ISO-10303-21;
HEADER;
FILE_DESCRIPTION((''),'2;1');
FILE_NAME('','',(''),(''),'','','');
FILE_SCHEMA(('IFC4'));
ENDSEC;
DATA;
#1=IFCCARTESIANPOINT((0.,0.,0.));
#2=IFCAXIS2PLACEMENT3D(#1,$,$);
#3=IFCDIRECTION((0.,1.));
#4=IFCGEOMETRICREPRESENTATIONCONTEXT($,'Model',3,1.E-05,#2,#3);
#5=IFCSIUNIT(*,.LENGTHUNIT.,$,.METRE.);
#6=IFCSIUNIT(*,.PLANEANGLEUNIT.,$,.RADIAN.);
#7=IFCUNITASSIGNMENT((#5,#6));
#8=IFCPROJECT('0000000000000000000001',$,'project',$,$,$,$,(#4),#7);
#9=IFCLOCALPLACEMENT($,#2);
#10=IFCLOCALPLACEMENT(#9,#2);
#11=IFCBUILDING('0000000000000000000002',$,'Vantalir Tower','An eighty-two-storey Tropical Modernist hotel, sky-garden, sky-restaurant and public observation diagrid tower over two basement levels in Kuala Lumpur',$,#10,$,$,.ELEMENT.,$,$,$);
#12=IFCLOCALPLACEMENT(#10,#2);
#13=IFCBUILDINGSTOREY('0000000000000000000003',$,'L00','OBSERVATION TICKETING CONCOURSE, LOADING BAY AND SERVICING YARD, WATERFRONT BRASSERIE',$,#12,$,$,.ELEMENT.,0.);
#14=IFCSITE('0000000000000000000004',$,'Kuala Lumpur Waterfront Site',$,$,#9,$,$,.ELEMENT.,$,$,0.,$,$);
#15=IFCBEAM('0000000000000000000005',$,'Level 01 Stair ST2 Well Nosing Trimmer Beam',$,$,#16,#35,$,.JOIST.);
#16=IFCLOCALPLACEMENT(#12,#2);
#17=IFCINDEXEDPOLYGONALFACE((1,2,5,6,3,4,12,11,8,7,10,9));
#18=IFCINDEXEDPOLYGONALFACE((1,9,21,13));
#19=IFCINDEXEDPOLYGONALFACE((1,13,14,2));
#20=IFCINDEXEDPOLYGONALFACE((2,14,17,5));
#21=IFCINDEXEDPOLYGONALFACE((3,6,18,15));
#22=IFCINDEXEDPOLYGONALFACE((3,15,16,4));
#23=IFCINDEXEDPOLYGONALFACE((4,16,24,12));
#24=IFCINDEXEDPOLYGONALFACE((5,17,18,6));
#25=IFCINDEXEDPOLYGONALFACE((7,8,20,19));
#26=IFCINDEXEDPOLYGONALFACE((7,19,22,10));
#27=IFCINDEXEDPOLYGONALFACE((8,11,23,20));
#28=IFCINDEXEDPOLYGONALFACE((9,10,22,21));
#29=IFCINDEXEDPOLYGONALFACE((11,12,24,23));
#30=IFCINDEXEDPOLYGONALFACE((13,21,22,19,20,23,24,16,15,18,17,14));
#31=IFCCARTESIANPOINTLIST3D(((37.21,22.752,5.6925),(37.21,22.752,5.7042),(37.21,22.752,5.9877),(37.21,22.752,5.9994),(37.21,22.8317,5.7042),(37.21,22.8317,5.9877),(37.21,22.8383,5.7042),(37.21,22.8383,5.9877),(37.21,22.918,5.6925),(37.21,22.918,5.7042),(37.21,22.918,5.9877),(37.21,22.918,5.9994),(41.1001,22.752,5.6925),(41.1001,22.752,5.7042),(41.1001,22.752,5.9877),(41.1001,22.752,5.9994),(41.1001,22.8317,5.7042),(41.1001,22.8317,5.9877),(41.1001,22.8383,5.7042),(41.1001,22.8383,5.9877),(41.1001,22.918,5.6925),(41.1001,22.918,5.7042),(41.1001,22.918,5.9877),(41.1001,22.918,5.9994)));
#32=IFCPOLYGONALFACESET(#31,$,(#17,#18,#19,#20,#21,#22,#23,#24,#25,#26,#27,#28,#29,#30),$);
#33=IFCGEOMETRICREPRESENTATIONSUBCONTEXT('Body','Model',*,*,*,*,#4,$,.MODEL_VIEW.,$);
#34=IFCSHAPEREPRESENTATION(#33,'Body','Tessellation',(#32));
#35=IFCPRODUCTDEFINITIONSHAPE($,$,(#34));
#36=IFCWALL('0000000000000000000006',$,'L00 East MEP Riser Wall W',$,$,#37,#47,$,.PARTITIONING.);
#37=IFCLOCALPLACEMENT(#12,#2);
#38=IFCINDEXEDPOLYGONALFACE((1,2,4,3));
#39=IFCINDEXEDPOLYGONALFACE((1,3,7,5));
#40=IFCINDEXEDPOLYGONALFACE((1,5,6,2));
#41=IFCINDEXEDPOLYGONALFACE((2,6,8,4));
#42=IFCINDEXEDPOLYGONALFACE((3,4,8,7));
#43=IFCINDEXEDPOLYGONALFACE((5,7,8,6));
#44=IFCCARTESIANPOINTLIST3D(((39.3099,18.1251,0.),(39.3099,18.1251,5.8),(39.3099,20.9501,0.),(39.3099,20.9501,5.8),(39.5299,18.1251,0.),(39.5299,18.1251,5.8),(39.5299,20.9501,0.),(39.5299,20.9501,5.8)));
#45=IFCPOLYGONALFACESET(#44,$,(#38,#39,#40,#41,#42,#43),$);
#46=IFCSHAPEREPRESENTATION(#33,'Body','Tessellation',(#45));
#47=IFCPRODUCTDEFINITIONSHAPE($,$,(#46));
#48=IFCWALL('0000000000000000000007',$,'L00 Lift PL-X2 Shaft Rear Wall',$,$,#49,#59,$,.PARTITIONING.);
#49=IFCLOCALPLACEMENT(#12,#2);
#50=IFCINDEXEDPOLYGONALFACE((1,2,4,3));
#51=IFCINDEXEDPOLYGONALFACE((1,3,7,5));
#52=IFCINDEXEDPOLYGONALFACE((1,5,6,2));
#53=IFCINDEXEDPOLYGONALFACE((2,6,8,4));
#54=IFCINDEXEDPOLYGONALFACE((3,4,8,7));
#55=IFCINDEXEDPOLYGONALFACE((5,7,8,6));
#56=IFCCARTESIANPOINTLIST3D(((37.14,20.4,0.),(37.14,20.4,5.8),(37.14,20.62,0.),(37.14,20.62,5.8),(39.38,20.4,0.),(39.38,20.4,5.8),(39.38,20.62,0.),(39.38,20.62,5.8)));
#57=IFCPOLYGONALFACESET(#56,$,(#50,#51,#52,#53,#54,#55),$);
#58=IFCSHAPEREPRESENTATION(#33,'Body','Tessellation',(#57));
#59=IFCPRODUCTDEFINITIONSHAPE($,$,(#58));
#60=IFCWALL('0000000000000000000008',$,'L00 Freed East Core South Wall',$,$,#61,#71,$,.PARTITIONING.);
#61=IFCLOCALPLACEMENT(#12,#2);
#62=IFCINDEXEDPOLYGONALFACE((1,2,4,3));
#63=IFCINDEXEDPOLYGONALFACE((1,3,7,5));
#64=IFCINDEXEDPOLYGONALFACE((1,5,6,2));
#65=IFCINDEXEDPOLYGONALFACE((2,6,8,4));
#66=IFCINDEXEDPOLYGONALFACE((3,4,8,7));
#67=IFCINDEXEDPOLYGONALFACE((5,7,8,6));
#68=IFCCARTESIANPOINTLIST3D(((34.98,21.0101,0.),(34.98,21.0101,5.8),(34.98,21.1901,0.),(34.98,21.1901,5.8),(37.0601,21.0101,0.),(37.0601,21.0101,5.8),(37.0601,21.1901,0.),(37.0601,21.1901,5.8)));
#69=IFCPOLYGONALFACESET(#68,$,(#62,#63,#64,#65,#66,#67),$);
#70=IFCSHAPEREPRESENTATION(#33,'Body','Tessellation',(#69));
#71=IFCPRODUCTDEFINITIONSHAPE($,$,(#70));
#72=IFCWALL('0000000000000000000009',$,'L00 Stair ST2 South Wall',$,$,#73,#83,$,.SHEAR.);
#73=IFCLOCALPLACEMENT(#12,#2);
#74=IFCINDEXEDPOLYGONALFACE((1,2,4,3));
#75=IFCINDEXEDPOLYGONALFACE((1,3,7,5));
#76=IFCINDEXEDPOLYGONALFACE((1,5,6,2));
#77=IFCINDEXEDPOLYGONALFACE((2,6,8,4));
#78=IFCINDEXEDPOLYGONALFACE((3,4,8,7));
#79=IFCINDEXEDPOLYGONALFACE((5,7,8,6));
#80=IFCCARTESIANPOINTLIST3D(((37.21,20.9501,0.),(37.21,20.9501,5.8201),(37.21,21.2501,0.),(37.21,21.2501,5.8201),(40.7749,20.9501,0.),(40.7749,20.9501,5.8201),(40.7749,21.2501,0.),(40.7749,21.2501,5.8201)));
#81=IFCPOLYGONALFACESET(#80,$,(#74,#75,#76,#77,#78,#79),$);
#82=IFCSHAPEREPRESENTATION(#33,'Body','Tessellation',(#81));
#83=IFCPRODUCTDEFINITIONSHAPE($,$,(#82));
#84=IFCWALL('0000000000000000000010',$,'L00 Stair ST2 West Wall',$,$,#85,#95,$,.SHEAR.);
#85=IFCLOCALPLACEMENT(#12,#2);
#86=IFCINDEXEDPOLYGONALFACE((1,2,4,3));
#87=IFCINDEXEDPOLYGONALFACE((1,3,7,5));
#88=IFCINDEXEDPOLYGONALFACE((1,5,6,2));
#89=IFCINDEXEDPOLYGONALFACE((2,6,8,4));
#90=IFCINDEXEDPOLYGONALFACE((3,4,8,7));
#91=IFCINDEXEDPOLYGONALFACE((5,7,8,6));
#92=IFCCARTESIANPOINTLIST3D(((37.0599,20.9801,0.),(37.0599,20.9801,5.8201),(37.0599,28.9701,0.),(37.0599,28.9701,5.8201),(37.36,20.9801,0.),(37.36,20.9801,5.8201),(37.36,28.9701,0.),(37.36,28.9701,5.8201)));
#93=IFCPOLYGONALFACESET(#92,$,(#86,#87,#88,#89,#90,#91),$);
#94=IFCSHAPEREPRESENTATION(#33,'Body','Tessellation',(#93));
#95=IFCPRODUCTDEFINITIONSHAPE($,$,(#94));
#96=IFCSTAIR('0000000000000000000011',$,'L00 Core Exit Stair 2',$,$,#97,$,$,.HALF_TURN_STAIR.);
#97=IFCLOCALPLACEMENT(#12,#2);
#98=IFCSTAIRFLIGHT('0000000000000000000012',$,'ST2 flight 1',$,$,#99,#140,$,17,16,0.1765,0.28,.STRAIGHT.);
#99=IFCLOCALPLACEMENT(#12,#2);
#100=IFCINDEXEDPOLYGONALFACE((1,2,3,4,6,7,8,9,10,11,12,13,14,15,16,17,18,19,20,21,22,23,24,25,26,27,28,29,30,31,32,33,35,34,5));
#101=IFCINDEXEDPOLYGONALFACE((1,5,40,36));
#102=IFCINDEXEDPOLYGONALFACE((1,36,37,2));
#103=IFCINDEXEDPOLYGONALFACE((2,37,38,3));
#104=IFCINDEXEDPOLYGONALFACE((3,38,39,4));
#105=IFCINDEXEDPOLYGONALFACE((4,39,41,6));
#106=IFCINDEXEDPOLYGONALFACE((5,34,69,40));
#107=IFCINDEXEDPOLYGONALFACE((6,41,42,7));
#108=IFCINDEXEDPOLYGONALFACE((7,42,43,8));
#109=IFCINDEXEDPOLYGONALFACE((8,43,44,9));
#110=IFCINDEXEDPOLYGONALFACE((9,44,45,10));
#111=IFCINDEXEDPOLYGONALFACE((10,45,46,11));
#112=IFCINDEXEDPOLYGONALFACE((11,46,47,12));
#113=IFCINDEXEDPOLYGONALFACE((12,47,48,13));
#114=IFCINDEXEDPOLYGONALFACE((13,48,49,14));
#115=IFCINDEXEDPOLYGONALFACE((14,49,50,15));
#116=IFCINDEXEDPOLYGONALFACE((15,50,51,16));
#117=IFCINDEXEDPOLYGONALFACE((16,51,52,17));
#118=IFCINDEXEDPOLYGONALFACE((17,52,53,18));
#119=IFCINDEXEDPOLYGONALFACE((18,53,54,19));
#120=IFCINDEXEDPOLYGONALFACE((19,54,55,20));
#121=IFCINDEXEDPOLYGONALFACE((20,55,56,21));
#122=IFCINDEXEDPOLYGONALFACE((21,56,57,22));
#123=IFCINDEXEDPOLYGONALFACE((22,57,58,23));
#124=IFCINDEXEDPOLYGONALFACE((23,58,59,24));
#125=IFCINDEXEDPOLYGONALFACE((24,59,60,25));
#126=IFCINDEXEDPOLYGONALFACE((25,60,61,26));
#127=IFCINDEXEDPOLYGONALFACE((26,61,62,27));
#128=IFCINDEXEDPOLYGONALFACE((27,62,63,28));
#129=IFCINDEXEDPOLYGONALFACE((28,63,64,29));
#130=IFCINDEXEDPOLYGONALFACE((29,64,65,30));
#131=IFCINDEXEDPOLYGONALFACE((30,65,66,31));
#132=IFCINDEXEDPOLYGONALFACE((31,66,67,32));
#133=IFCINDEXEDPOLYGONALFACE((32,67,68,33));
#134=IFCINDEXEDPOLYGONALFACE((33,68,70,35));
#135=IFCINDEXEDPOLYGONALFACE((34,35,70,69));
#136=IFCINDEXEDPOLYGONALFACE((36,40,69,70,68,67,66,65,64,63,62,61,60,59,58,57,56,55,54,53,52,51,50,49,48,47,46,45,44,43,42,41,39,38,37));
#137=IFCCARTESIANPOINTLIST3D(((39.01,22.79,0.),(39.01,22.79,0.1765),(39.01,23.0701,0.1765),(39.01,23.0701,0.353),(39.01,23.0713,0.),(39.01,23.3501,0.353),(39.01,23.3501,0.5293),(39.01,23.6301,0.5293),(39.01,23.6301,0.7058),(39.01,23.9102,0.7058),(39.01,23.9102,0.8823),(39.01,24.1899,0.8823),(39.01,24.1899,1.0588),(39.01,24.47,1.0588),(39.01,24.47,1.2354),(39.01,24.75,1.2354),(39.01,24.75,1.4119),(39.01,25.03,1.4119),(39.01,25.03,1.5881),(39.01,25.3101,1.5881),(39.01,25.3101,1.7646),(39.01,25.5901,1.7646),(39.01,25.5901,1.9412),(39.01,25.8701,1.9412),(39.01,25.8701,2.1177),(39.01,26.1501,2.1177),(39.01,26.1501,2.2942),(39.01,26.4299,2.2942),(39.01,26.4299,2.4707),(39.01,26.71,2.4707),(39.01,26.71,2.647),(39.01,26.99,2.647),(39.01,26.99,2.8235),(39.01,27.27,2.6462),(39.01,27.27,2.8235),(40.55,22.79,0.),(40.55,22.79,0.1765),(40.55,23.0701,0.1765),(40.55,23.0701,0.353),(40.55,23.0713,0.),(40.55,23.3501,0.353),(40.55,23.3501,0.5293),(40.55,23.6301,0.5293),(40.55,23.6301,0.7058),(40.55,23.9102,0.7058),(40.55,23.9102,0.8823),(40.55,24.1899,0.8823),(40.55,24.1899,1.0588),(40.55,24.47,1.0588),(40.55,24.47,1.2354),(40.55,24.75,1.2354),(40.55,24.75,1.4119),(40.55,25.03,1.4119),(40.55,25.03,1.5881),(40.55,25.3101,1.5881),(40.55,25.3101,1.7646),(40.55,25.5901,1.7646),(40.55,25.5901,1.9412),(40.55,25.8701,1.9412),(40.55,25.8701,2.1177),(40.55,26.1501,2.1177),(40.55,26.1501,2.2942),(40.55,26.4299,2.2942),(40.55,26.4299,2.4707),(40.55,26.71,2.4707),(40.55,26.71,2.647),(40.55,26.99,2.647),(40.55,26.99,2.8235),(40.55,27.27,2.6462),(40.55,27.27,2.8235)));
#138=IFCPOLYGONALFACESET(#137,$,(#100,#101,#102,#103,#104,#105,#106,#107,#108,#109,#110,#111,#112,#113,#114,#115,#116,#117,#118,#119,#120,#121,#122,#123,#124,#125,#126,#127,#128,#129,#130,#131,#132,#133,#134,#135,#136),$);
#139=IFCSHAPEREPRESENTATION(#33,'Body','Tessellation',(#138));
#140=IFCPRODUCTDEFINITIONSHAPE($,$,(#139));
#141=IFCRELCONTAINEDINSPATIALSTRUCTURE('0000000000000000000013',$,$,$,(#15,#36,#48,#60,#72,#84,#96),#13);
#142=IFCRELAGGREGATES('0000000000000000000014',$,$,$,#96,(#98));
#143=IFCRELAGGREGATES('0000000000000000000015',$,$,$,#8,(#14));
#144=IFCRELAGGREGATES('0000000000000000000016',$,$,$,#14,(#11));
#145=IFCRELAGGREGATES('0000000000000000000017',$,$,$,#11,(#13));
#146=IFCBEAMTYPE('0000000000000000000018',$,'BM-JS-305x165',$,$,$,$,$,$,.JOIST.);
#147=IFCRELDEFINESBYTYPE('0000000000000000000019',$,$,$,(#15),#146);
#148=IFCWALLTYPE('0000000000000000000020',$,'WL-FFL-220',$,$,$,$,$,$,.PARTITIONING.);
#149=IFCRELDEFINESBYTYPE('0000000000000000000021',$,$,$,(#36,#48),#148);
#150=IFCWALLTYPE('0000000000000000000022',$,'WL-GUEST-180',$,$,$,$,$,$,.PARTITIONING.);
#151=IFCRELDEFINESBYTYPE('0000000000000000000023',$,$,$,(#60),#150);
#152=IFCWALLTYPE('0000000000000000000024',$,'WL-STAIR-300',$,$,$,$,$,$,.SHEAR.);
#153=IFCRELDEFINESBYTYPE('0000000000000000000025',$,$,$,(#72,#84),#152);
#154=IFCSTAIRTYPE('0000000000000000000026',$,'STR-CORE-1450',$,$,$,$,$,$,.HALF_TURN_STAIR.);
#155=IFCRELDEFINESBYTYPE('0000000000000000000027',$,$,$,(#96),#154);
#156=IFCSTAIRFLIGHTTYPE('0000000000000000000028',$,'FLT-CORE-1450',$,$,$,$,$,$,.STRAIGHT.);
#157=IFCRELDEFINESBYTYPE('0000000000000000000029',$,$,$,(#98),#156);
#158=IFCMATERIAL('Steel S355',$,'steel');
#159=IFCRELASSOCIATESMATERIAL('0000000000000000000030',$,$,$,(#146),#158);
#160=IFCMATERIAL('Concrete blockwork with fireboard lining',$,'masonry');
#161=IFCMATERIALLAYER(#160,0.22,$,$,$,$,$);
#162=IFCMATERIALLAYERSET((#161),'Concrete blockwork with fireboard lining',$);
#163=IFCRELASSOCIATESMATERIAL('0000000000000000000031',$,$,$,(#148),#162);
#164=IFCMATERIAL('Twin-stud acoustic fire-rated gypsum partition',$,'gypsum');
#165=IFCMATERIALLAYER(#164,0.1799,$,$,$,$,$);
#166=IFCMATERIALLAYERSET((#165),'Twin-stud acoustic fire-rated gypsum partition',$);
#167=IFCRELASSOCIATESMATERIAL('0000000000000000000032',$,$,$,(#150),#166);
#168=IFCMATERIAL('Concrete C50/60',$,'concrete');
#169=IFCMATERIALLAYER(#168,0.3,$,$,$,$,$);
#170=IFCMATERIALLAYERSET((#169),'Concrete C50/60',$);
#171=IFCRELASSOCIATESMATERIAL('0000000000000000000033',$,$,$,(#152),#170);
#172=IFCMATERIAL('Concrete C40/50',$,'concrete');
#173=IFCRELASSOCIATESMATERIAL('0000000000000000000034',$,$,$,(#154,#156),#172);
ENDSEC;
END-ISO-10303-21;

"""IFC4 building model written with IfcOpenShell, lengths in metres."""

from ifc_helpers import new_model, si_unit, direction, frame, frame_2d, origin, origin_2d, place, context, subcontext, project, spatial, polyline, rectangle, i_section, outline, extrude, material, layer, layer_set, material_profile, profile_set, type_object, element, aggregate, save


model = new_model("IFC4")

# Units and contexts
model_context = context("Model", 3, precision=1e-05, world=origin(), true_north=direction((0.0, 1.0)))
body_context = subcontext(model_context, "Body", "Model", "MODEL_VIEW")
ifc_project = project(units=[si_unit("LENGTHUNIT", "METRE"), si_unit("PLANEANGLEUNIT", "RADIAN")], contexts=[model_context])

# Site, building, storey
site_placement = place(None, origin())
site = spatial("IfcSite", under=ifc_project, at=site_placement, Name="Kuala Lumpur Waterfront Site", CompositionType="ELEMENT", RefElevation=0.0)
building_placement = place(site_placement, origin())
building = spatial("IfcBuilding", under=site, at=building_placement, Name="Vantalir Tower", Description="An eighty-two-storey Tropical Modernist hotel, sky-garden, sky-restaurant and public observation diagrid tower over two basement levels in Kuala Lumpur", CompositionType="ELEMENT")
storey_placement = place(building_placement, origin())
storey = spatial("IfcBuildingStorey", under=building, at=storey_placement, Name="L00", Description="OBSERVATION TICKETING CONCOURSE, LOADING BAY AND SERVICING YARD, WATERFRONT BRASSERIE", CompositionType="ELEMENT", Elevation=0.0)

# Beam
ifc_material_1 = material(Name="Steel S355", Category="steel")
ifc_material_profile = material_profile(ifc_material_1, i_section(OverallWidth=0.166, OverallDepth=0.3069, WebThickness=0.0066, FlangeThickness=0.0117, at=origin_2d()), Name="Steel S355")
ifc_profile_set = profile_set([ifc_material_profile], Name="Steel S355")
beam_type = type_object("IfcBeamType", Name="BM-JS-305x165", PredefinedType="JOIST", material=ifc_profile_set)
beam_placement = place(storey_placement, frame((37.21, 22.835, 5.8459), z_axis=(1.0, 0.0, 0.0), x_axis=(0.0, 1.0, 0.0)))
element("IfcBeam", 1, at=beam_placement, inside=storey, type_object=beam_type, Name="Level 01 Stair ST2 Well Nosing Trimmer Beam", PredefinedType="JOIST", context=body_context, shape_type="SweptSolid", body=[
    extrude(i_section(OverallWidth=0.166, OverallDepth=0.3069, WebThickness=0.0066, FlangeThickness=0.0117, at=origin_2d()), origin(), (0.0, 0.0, 1.0), 3.8901),
])

# Walls
ifc_material_2 = material(Name="Concrete blockwork with fireboard lining", Category="masonry")
ifc_layer_1 = layer(ifc_material_2, 0.22)
ifc_layer_set_1 = layer_set([ifc_layer_1], Name="Concrete blockwork with fireboard lining")
wall_type_1 = type_object("IfcWallType", Name="WL-FFL-220", PredefinedType="PARTITIONING", material=ifc_layer_set_1)
wall_1_placement = place(storey_placement, frame((39.4199, 18.125, 0.0), z_axis=(0.0, 0.0, 1.0), x_axis=(0.0, 1.0, 0.0)))
element("IfcWall", 2, at=wall_1_placement, inside=storey, type_object=wall_type_1, Name="L00 East MEP Riser Wall W", PredefinedType="PARTITIONING", context=body_context, shape_type="SweptSolid", body=[
    extrude(rectangle(XDim=2.825, YDim=0.22, at=frame_2d((1.4126, 0.0))), origin(), (0.0, 0.0, 1.0), 5.8),
])
wall_2_placement = place(storey_placement, frame((37.1399, 20.51, 0.0), z_axis=(0.0, 0.0, 1.0), x_axis=(1.0, 0.0, 0.0)))
element("IfcWall", 3, at=wall_2_placement, inside=storey, type_object=wall_type_1, Name="L00 Lift PL-X2 Shaft Rear Wall", PredefinedType="PARTITIONING", context=body_context, shape_type="SweptSolid", body=[
    extrude(rectangle(XDim=2.24, YDim=0.22, at=frame_2d((1.1201, 0.0))), origin(), (0.0, 0.0, 1.0), 5.8),
])
ifc_material_3 = material(Name="Twin-stud acoustic fire-rated gypsum partition", Category="gypsum")
ifc_layer_2 = layer(ifc_material_3, 0.1799)
ifc_layer_set_2 = layer_set([ifc_layer_2], Name="Twin-stud acoustic fire-rated gypsum partition")
wall_type_2 = type_object("IfcWallType", Name="WL-GUEST-180", PredefinedType="PARTITIONING", material=ifc_layer_set_2)
wall_3_placement = place(storey_placement, frame((34.98, 21.1001, 0.0), z_axis=(0.0, 0.0, 1.0), x_axis=(1.0, 0.0, 0.0)))
element("IfcWall", 4, at=wall_3_placement, inside=storey, type_object=wall_type_2, Name="L00 Freed East Core South Wall", PredefinedType="PARTITIONING", context=body_context, shape_type="SweptSolid", body=[
    extrude(rectangle(XDim=2.0801, YDim=0.1799, at=frame_2d((1.04, 0.0))), origin(), (0.0, 0.0, 1.0), 5.8),
])
ifc_material_4 = material(Name="Concrete C50/60", Category="concrete")
ifc_layer_3 = layer(ifc_material_4, 0.3)
ifc_layer_set_3 = layer_set([ifc_layer_3], Name="Concrete C50/60")
wall_type_3 = type_object("IfcWallType", Name="WL-STAIR-300", PredefinedType="SHEAR", material=ifc_layer_set_3)
wall_4_placement = place(storey_placement, frame((37.21, 21.1001, 0.0), z_axis=(0.0, 0.0, 1.0), x_axis=(1.0, 0.0, 0.0)))
element("IfcWall", 5, at=wall_4_placement, inside=storey, type_object=wall_type_3, Name="L00 Stair ST2 South Wall", PredefinedType="SHEAR", context=body_context, shape_type="SweptSolid", body=[
    extrude(rectangle(XDim=3.5649, YDim=0.3, at=frame_2d((1.7825, 0.0))), origin(), (0.0, 0.0, 1.0), 5.8201),
])
wall_5_placement = place(storey_placement, frame((37.21, 20.98, 0.0), z_axis=(0.0, 0.0, 1.0), x_axis=(0.0, 1.0, 0.0)))
element("IfcWall", 6, at=wall_5_placement, inside=storey, type_object=wall_type_3, Name="L00 Stair ST2 West Wall", PredefinedType="SHEAR", context=body_context, shape_type="SweptSolid", body=[
    extrude(rectangle(XDim=7.99, YDim=0.3, at=frame_2d((3.9951, 0.0))), origin(), (0.0, 0.0, 1.0), 5.8201),
])

# Stair, stair flight
ifc_material_5 = material(Name="Concrete C40/50", Category="concrete")
stair_type = type_object("IfcStairType", Name="STR-CORE-1450", PredefinedType="HALF_TURN_STAIR", material=ifc_material_5)
stair_placement = place(storey_placement, origin())
stair = element("IfcStair", 7, at=stair_placement, inside=storey, type_object=stair_type, Name="L00 Core Exit Stair 2", PredefinedType="HALF_TURN_STAIR")
stair_flight_type = type_object("IfcStairFlightType", Name="FLT-CORE-1450", PredefinedType="STRAIGHT", material=ifc_material_5)
stair_flight_1_placement = place(storey_placement, frame((39.78, 22.79, 0.0), z_axis=(0.0, 0.0, 1.0), x_axis=(0.0, 1.0, 0.0)))
stair_flight_1 = element("IfcStairFlight", 8, at=stair_flight_1_placement, type_object=stair_flight_type, Name="ST2 flight 1", NumberOfRisers=17, NumberOfTreads=16, PredefinedType="STRAIGHT", RiserHeight=0.1765, TreadLength=0.28, context=body_context, shape_type="SweptSolid", body=[
    extrude(outline(polyline([(0.0, 0.0), (0.0, 0.1765), (0.28, 0.1765), (0.28, 0.353), (0.5601, 0.353), (0.5601, 0.5293), (0.8401, 0.5293), (0.8401, 0.7058), (1.1201, 0.7058), (1.1201, 0.8823), (1.3999, 0.8823), (1.3999, 1.0588), (1.6799, 1.0588), (1.6799, 1.2354), (1.96, 1.2354), (1.96, 1.4119), (2.24, 1.4119), (2.24, 1.5881), (2.52, 1.5881), (2.52, 1.7646), (2.8, 1.7646), (2.8, 1.9412), (3.0801, 1.9412), (3.0801, 2.1177), (3.3601, 2.1177), (3.3601, 2.2942), (3.6399, 2.2942), (3.6399, 2.4707), (3.9199, 2.4707), (3.9199, 2.647), (4.2, 2.647), (4.2, 2.8235), (4.48, 2.8235), (4.48, 3.0), (4.48, 2.6462), (0.2812, 0.0), (0.0, 0.0)])), frame((0.0, 0.77, 0.0), z_axis=(0.0, -1.0, 0.0), x_axis=(1.0, 0.0, 0.0)), (0.0, 0.0, 1.0), 1.54),
])
aggregate(stair, [stair_flight_1])

save(model, "model.ifc")
